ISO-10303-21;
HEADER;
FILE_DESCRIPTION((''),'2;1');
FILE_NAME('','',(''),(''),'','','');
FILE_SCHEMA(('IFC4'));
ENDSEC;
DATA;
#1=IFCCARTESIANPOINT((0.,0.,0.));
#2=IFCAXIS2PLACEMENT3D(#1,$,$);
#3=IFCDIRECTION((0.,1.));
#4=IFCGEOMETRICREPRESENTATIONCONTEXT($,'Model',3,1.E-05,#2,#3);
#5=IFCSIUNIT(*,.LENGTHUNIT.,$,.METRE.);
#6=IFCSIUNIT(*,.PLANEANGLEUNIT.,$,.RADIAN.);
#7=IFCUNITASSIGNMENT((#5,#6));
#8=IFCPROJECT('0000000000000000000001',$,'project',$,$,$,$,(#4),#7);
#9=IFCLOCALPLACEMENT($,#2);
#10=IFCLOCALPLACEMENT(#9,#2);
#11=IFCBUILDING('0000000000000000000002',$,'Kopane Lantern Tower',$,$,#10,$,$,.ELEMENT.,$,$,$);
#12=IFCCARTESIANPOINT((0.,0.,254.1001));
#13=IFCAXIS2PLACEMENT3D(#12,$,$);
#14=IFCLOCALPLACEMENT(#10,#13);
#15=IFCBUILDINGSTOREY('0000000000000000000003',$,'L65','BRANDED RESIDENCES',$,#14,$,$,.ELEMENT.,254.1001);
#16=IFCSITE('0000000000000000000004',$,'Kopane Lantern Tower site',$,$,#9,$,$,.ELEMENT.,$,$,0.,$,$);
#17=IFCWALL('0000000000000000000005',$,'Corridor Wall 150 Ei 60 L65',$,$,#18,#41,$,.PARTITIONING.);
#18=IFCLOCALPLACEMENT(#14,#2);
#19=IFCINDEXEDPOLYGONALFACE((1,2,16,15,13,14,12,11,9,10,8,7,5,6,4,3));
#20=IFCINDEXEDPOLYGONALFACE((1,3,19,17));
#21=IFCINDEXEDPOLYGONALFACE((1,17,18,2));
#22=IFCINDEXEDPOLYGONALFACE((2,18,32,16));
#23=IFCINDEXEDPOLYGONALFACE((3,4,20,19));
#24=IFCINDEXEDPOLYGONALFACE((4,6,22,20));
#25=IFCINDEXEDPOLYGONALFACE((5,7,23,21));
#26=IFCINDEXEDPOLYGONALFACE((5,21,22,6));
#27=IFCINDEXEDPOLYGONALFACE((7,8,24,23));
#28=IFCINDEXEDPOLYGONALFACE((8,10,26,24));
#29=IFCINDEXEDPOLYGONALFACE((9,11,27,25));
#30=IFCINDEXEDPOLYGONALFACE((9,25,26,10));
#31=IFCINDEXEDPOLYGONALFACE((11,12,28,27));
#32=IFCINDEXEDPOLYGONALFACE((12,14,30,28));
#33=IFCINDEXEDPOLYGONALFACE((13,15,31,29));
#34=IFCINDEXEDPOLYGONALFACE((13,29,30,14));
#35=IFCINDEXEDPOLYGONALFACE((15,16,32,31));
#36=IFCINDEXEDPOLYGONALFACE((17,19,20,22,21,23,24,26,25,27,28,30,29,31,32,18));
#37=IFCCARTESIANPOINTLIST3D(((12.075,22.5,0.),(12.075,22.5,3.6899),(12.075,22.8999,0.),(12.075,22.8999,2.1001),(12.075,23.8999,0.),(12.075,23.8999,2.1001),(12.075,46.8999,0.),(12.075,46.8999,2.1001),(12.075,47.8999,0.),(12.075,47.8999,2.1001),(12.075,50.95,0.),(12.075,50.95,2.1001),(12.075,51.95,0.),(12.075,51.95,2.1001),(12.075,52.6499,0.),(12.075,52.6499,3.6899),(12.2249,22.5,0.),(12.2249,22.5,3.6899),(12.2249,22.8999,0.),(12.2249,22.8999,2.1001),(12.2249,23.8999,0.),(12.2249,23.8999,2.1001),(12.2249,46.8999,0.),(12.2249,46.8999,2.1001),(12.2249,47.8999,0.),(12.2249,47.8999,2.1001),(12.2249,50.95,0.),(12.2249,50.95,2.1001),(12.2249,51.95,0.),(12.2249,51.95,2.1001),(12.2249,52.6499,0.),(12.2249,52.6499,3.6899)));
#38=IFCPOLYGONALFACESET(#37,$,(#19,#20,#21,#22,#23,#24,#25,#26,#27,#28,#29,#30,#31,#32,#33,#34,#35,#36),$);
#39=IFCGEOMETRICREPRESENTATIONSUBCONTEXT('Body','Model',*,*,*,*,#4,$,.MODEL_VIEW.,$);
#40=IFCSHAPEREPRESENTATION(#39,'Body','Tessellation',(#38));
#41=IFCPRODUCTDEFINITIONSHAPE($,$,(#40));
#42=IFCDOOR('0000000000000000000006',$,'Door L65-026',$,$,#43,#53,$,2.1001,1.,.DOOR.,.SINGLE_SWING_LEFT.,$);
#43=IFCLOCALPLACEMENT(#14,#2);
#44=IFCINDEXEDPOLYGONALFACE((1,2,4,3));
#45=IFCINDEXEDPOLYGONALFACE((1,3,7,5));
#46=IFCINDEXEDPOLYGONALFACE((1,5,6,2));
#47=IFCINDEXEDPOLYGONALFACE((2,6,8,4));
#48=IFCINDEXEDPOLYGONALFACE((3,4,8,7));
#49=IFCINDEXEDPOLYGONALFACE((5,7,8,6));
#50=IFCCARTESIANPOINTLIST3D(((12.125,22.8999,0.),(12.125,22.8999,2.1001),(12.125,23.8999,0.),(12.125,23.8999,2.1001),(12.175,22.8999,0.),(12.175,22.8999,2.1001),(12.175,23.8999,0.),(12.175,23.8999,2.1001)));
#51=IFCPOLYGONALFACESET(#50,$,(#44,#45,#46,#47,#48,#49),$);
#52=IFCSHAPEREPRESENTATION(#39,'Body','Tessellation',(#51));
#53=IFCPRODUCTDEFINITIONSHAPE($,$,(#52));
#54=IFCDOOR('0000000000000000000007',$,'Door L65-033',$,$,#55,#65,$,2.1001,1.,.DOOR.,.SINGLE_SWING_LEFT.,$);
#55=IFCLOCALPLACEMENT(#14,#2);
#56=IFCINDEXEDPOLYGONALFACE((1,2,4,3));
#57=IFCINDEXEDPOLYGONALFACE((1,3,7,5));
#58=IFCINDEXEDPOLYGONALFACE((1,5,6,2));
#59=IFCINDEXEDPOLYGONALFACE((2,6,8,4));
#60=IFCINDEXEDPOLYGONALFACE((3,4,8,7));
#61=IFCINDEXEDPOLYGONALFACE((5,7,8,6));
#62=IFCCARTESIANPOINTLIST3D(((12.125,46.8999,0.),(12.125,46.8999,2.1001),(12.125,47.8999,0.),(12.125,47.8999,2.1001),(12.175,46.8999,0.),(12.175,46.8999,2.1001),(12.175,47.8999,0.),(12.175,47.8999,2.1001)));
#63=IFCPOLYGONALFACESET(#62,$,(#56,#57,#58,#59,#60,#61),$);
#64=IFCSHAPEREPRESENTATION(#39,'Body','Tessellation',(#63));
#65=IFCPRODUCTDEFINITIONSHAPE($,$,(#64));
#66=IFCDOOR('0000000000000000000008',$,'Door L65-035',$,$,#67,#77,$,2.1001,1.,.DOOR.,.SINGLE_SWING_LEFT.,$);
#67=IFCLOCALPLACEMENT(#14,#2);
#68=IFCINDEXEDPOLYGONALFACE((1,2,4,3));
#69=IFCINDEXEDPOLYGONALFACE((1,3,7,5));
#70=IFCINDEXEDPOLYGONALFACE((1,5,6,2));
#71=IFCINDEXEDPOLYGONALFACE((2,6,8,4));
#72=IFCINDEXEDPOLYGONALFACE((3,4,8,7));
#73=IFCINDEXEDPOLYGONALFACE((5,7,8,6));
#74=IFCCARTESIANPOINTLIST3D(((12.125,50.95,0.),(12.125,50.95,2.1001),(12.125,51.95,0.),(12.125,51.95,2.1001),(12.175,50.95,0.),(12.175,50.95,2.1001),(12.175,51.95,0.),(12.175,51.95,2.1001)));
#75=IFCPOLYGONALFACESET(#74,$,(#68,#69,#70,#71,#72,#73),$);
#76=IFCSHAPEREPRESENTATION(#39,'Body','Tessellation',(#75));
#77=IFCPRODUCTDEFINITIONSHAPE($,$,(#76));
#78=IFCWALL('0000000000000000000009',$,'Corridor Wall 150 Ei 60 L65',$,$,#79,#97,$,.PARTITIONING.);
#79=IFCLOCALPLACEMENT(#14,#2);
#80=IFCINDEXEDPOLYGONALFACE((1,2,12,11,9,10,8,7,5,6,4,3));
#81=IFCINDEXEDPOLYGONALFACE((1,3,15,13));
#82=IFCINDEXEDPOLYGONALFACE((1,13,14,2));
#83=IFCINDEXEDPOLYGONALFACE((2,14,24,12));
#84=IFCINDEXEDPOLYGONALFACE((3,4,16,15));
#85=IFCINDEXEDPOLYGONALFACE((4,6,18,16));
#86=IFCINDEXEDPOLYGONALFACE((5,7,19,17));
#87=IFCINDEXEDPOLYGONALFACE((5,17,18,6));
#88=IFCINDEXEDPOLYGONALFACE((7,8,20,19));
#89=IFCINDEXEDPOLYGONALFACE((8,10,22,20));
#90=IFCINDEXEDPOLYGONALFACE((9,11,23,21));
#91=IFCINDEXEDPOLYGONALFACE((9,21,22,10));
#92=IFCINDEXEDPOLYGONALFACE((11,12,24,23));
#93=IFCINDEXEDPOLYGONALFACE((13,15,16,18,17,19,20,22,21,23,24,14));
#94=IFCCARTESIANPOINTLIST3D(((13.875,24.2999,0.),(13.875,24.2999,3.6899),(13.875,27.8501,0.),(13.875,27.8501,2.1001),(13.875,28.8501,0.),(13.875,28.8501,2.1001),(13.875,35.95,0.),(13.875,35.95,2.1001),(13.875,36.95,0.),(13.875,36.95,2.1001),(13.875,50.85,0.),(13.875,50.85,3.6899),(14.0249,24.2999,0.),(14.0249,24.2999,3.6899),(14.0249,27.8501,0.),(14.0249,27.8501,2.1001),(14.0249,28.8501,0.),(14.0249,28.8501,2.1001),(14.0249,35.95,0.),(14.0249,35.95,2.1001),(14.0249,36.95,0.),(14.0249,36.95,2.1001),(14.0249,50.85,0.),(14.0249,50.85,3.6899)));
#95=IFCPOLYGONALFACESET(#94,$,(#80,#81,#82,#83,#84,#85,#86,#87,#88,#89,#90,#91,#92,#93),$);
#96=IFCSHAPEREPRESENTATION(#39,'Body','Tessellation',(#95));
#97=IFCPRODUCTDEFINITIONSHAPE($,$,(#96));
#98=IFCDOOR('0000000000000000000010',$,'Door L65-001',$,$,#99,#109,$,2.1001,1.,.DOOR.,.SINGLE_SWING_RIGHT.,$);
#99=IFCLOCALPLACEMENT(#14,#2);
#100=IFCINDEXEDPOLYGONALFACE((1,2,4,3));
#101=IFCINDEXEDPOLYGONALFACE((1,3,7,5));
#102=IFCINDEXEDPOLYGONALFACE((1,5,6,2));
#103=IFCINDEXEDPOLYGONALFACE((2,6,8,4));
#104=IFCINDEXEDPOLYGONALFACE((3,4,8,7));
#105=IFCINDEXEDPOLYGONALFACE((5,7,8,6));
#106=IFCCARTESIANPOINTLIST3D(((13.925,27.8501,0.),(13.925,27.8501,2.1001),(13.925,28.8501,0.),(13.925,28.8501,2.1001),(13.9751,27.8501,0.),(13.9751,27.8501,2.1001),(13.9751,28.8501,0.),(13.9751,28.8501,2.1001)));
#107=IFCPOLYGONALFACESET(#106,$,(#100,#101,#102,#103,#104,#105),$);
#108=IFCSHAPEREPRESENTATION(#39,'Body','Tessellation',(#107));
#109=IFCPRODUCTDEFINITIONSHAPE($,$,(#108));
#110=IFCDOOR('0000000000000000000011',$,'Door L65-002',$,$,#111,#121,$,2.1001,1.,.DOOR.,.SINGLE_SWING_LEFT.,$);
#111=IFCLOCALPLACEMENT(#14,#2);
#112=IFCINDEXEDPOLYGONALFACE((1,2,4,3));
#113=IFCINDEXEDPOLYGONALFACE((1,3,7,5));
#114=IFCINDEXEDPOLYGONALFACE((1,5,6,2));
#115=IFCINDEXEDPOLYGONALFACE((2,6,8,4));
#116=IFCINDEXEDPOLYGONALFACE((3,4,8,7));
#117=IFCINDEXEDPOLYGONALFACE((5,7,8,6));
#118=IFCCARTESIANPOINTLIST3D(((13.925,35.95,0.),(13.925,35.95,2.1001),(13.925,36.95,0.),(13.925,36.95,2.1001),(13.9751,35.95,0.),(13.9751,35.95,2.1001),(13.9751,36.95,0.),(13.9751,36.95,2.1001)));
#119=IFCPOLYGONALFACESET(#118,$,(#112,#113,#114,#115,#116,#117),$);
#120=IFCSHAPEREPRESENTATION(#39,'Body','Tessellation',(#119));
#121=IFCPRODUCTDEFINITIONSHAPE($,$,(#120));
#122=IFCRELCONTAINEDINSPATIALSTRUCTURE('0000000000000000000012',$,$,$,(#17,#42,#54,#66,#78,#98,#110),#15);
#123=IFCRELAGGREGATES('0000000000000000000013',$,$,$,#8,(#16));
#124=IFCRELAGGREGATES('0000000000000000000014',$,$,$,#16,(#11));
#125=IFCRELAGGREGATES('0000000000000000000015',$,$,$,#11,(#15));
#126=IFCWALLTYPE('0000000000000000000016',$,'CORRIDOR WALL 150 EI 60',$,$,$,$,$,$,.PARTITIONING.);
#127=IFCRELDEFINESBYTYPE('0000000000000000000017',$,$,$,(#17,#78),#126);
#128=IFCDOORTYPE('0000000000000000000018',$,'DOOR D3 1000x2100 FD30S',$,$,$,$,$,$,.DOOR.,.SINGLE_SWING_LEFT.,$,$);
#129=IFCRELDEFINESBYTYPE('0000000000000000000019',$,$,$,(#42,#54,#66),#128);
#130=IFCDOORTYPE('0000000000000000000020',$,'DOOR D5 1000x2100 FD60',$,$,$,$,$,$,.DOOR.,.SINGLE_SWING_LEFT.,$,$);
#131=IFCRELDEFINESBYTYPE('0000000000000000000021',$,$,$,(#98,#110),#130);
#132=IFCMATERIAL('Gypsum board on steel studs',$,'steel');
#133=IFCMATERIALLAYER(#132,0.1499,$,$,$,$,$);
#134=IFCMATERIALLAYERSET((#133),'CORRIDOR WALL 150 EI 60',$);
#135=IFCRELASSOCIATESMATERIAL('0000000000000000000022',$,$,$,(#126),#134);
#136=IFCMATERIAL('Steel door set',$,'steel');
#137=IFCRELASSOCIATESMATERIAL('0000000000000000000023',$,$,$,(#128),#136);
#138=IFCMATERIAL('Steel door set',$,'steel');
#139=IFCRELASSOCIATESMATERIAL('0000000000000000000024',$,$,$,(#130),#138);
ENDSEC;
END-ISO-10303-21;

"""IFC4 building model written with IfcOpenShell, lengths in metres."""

from ifc_helpers import new_model, si_unit, direction, frame, frame_2d, origin, place, context, subcontext, project, spatial, rectangle, extrude, material, layer, layer_set, type_object, element, fill, save


model = new_model("IFC4")

# Units and contexts
model_context = context("Model", 3, precision=1e-05, world=origin(), true_north=direction((0.0, 1.0)))
body_context = subcontext(model_context, "Body", "Model", "MODEL_VIEW")
ifc_project = project(units=[si_unit("LENGTHUNIT", "METRE"), si_unit("PLANEANGLEUNIT", "RADIAN")], contexts=[model_context])

# Site, building, storey
site_placement = place(None, origin())
site = spatial("IfcSite", under=ifc_project, at=site_placement, Name="Kopane Lantern Tower site", CompositionType="ELEMENT", RefElevation=0.0)
building_placement = place(site_placement, origin())
building = spatial("IfcBuilding", under=site, at=building_placement, Name="Kopane Lantern Tower", CompositionType="ELEMENT")
storey_placement = place(building_placement, frame((0.0, 0.0, 254.1001)))
storey = spatial("IfcBuildingStorey", under=building, at=storey_placement, Name="L65", Description="BRANDED RESIDENCES", CompositionType="ELEMENT", Elevation=254.1001)

# Walls, openings, doors
ifc_material_1 = material(Name="Gypsum board on steel studs", Category="steel")
ifc_layer_1 = layer(ifc_material_1, 0.1499)
ifc_layer_set_1 = layer_set([ifc_layer_1], Name="CORRIDOR WALL 150 EI 60")
wall_type_1 = type_object("IfcWallType", Name="CORRIDOR WALL 150 EI 60", PredefinedType="PARTITIONING", material=ifc_layer_set_1)
ifc_material_2 = material(Name="Steel door set", Category="steel")
door_type_1 = type_object("IfcDoorType", Name="DOOR D3 1000x2100 FD30S", OperationType="SINGLE_SWING_LEFT", PredefinedType="DOOR", material=ifc_material_2)
wall_1_placement = place(storey_placement, frame((12.1499, 22.5, 0.0), z_axis=(0.0, 0.0, 1.0), x_axis=(0.0, 1.0, 0.0)))
wall_1 = element("IfcWall", 1, at=wall_1_placement, inside=storey, type_object=wall_type_1, Name="Corridor Wall 150 Ei 60 L65", PredefinedType="PARTITIONING", context=body_context, shape_type="SweptSolid", body=[
    extrude(rectangle(XDim=30.1499, YDim=0.1499, at=frame_2d((15.075, 0.0))), origin(), (0.0, 0.0, 1.0), 3.6899),
])
opening_1_placement = place(wall_1_placement, frame((0.3999, 0.0, 0.0)))
opening_1 = element("IfcOpeningElement", 2, at=opening_1_placement, cuts=wall_1, PredefinedType="OPENING", context=body_context, shape_type="SweptSolid", body=[
    extrude(rectangle(XDim=1.0, YDim=2.1001, at=frame_2d((0.5, 1.05))), frame((0.0, 0.085, 0.0), z_axis=(0.0, -1.0, 0.0), x_axis=(1.0, 0.0, 0.0)), (0.0, 0.0, 1.0), 0.1699),
])
opening_2_placement = place(wall_1_placement, frame((24.3999, 0.0, 0.0)))
opening_2 = element("IfcOpeningElement", 3, at=opening_2_placement, cuts=wall_1, PredefinedType="OPENING", context=body_context, shape_type="SweptSolid", body=[
    extrude(rectangle(XDim=1.0, YDim=2.1001, at=frame_2d((0.5, 1.05))), frame((0.0, 0.085, 0.0), z_axis=(0.0, -1.0, 0.0), x_axis=(1.0, 0.0, 0.0)), (0.0, 0.0, 1.0), 0.1699),
])
opening_3_placement = place(wall_1_placement, frame((28.45, 0.0, 0.0)))
opening_3 = element("IfcOpeningElement", 4, at=opening_3_placement, cuts=wall_1, PredefinedType="OPENING", context=body_context, shape_type="SweptSolid", body=[
    extrude(rectangle(XDim=1.0, YDim=2.1001, at=frame_2d((0.5, 1.05))), frame((0.0, 0.085, 0.0), z_axis=(0.0, -1.0, 0.0), x_axis=(1.0, 0.0, 0.0)), (0.0, 0.0, 1.0), 0.1699),
])
door_1_placement = place(opening_1_placement, origin())
door_1 = element("IfcDoor", 5, at=door_1_placement, inside=storey, type_object=door_type_1, Name="Door L65-026", OperationType="SINGLE_SWING_LEFT", OverallHeight=2.1001, OverallWidth=1.0, PredefinedType="DOOR", context=body_context, shape_type="SweptSolid", body=[
    extrude(rectangle(XDim=1.0, YDim=2.1001, at=frame_2d((0.5, 1.05))), frame((0.0, 0.0249, 0.0), z_axis=(0.0, -1.0, 0.0), x_axis=(1.0, 0.0, 0.0)), (0.0, 0.0, 1.0), 0.05),
])
fill(opening_1, door_1)
door_2_placement = place(opening_2_placement, origin())
door_2 = element("IfcDoor", 6, at=door_2_placement, inside=storey, type_object=door_type_1, Name="Door L65-033", OperationType="SINGLE_SWING_LEFT", OverallHeight=2.1001, OverallWidth=1.0, PredefinedType="DOOR", context=body_context, shape_type="SweptSolid", body=[
    extrude(rectangle(XDim=1.0, YDim=2.1001, at=frame_2d((0.5, 1.05))), frame((0.0, 0.0249, 0.0), z_axis=(0.0, -1.0, 0.0), x_axis=(1.0, 0.0, 0.0)), (0.0, 0.0, 1.0), 0.05),
])
fill(opening_2, door_2)
door_3_placement = place(opening_3_placement, origin())
door_3 = element("IfcDoor", 7, at=door_3_placement, inside=storey, type_object=door_type_1, Name="Door L65-035", OperationType="SINGLE_SWING_LEFT", OverallHeight=2.1001, OverallWidth=1.0, PredefinedType="DOOR", context=body_context, shape_type="SweptSolid", body=[
    extrude(rectangle(XDim=1.0, YDim=2.1001, at=frame_2d((0.5, 1.05))), frame((0.0, 0.0249, 0.0), z_axis=(0.0, -1.0, 0.0), x_axis=(1.0, 0.0, 0.0)), (0.0, 0.0, 1.0), 0.05),
])
fill(opening_3, door_3)
wall_2_placement = place(storey_placement, frame((13.95, 24.3, 0.0), z_axis=(0.0, 0.0, 1.0), x_axis=(0.0, 1.0, 0.0)))
wall_2 = element("IfcWall", 8, at=wall_2_placement, inside=storey, type_object=wall_type_1, Name="Corridor Wall 150 Ei 60 L65", PredefinedType="PARTITIONING", context=body_context, shape_type="SweptSolid", body=[
    extrude(rectangle(XDim=26.55, YDim=0.1499, at=frame_2d((13.2749, 0.0))), origin(), (0.0, 0.0, 1.0), 3.6899),
])
opening_4_placement = place(wall_2_placement, frame((3.55, 0.0, 0.0)))
opening_4 = element("IfcOpeningElement", 9, at=opening_4_placement, cuts=wall_2, PredefinedType="OPENING", context=body_context, shape_type="SweptSolid", body=[
    extrude(rectangle(XDim=1.0, YDim=2.1001, at=frame_2d((0.5, 1.05))), frame((0.0, 0.085, 0.0), z_axis=(0.0, -1.0, 0.0), x_axis=(1.0, 0.0, 0.0)), (0.0, 0.0, 1.0), 0.1699),
])
opening_5_placement = place(wall_2_placement, frame((11.6499, 0.0, 0.0)))
opening_5 = element("IfcOpeningElement", 10, at=opening_5_placement, cuts=wall_2, PredefinedType="OPENING", context=body_context, shape_type="SweptSolid", body=[
    extrude(rectangle(XDim=1.0, YDim=2.1001, at=frame_2d((0.5, 1.05))), frame((0.0, 0.085, 0.0), z_axis=(0.0, -1.0, 0.0), x_axis=(1.0, 0.0, 0.0)), (0.0, 0.0, 1.0), 0.1699),
])
ifc_material_3 = material(Name="Steel door set", Category="steel")
door_type_2 = type_object("IfcDoorType", Name="DOOR D5 1000x2100 FD60", OperationType="SINGLE_SWING_LEFT", PredefinedType="DOOR", material=ifc_material_3)
door_4_placement = place(opening_4_placement, origin())
door_4 = element("IfcDoor", 11, at=door_4_placement, inside=storey, type_object=door_type_2, Name="Door L65-001", OperationType="SINGLE_SWING_RIGHT", OverallHeight=2.1001, OverallWidth=1.0, PredefinedType="DOOR", context=body_context, shape_type="SweptSolid", body=[
    extrude(rectangle(XDim=1.0, YDim=2.1001, at=frame_2d((0.5, 1.05))), frame((0.0, 0.0249, 0.0), z_axis=(0.0, -1.0, 0.0), x_axis=(1.0, 0.0, 0.0)), (0.0, 0.0, 1.0), 0.05),
])
fill(opening_4, door_4)
door_5_placement = place(opening_5_placement, origin())
door_5 = element("IfcDoor", 12, at=door_5_placement, inside=storey, type_object=door_type_2, Name="Door L65-002", OperationType="SINGLE_SWING_LEFT", OverallHeight=2.1001, OverallWidth=1.0, PredefinedType="DOOR", context=body_context, shape_type="SweptSolid", body=[
    extrude(rectangle(XDim=1.0, YDim=2.1001, at=frame_2d((0.5, 1.05))), frame((0.0, 0.0249, 0.0), z_axis=(0.0, -1.0, 0.0), x_axis=(1.0, 0.0, 0.0)), (0.0, 0.0, 1.0), 0.05),
])
fill(opening_5, door_5)

save(model, "model.ifc")
